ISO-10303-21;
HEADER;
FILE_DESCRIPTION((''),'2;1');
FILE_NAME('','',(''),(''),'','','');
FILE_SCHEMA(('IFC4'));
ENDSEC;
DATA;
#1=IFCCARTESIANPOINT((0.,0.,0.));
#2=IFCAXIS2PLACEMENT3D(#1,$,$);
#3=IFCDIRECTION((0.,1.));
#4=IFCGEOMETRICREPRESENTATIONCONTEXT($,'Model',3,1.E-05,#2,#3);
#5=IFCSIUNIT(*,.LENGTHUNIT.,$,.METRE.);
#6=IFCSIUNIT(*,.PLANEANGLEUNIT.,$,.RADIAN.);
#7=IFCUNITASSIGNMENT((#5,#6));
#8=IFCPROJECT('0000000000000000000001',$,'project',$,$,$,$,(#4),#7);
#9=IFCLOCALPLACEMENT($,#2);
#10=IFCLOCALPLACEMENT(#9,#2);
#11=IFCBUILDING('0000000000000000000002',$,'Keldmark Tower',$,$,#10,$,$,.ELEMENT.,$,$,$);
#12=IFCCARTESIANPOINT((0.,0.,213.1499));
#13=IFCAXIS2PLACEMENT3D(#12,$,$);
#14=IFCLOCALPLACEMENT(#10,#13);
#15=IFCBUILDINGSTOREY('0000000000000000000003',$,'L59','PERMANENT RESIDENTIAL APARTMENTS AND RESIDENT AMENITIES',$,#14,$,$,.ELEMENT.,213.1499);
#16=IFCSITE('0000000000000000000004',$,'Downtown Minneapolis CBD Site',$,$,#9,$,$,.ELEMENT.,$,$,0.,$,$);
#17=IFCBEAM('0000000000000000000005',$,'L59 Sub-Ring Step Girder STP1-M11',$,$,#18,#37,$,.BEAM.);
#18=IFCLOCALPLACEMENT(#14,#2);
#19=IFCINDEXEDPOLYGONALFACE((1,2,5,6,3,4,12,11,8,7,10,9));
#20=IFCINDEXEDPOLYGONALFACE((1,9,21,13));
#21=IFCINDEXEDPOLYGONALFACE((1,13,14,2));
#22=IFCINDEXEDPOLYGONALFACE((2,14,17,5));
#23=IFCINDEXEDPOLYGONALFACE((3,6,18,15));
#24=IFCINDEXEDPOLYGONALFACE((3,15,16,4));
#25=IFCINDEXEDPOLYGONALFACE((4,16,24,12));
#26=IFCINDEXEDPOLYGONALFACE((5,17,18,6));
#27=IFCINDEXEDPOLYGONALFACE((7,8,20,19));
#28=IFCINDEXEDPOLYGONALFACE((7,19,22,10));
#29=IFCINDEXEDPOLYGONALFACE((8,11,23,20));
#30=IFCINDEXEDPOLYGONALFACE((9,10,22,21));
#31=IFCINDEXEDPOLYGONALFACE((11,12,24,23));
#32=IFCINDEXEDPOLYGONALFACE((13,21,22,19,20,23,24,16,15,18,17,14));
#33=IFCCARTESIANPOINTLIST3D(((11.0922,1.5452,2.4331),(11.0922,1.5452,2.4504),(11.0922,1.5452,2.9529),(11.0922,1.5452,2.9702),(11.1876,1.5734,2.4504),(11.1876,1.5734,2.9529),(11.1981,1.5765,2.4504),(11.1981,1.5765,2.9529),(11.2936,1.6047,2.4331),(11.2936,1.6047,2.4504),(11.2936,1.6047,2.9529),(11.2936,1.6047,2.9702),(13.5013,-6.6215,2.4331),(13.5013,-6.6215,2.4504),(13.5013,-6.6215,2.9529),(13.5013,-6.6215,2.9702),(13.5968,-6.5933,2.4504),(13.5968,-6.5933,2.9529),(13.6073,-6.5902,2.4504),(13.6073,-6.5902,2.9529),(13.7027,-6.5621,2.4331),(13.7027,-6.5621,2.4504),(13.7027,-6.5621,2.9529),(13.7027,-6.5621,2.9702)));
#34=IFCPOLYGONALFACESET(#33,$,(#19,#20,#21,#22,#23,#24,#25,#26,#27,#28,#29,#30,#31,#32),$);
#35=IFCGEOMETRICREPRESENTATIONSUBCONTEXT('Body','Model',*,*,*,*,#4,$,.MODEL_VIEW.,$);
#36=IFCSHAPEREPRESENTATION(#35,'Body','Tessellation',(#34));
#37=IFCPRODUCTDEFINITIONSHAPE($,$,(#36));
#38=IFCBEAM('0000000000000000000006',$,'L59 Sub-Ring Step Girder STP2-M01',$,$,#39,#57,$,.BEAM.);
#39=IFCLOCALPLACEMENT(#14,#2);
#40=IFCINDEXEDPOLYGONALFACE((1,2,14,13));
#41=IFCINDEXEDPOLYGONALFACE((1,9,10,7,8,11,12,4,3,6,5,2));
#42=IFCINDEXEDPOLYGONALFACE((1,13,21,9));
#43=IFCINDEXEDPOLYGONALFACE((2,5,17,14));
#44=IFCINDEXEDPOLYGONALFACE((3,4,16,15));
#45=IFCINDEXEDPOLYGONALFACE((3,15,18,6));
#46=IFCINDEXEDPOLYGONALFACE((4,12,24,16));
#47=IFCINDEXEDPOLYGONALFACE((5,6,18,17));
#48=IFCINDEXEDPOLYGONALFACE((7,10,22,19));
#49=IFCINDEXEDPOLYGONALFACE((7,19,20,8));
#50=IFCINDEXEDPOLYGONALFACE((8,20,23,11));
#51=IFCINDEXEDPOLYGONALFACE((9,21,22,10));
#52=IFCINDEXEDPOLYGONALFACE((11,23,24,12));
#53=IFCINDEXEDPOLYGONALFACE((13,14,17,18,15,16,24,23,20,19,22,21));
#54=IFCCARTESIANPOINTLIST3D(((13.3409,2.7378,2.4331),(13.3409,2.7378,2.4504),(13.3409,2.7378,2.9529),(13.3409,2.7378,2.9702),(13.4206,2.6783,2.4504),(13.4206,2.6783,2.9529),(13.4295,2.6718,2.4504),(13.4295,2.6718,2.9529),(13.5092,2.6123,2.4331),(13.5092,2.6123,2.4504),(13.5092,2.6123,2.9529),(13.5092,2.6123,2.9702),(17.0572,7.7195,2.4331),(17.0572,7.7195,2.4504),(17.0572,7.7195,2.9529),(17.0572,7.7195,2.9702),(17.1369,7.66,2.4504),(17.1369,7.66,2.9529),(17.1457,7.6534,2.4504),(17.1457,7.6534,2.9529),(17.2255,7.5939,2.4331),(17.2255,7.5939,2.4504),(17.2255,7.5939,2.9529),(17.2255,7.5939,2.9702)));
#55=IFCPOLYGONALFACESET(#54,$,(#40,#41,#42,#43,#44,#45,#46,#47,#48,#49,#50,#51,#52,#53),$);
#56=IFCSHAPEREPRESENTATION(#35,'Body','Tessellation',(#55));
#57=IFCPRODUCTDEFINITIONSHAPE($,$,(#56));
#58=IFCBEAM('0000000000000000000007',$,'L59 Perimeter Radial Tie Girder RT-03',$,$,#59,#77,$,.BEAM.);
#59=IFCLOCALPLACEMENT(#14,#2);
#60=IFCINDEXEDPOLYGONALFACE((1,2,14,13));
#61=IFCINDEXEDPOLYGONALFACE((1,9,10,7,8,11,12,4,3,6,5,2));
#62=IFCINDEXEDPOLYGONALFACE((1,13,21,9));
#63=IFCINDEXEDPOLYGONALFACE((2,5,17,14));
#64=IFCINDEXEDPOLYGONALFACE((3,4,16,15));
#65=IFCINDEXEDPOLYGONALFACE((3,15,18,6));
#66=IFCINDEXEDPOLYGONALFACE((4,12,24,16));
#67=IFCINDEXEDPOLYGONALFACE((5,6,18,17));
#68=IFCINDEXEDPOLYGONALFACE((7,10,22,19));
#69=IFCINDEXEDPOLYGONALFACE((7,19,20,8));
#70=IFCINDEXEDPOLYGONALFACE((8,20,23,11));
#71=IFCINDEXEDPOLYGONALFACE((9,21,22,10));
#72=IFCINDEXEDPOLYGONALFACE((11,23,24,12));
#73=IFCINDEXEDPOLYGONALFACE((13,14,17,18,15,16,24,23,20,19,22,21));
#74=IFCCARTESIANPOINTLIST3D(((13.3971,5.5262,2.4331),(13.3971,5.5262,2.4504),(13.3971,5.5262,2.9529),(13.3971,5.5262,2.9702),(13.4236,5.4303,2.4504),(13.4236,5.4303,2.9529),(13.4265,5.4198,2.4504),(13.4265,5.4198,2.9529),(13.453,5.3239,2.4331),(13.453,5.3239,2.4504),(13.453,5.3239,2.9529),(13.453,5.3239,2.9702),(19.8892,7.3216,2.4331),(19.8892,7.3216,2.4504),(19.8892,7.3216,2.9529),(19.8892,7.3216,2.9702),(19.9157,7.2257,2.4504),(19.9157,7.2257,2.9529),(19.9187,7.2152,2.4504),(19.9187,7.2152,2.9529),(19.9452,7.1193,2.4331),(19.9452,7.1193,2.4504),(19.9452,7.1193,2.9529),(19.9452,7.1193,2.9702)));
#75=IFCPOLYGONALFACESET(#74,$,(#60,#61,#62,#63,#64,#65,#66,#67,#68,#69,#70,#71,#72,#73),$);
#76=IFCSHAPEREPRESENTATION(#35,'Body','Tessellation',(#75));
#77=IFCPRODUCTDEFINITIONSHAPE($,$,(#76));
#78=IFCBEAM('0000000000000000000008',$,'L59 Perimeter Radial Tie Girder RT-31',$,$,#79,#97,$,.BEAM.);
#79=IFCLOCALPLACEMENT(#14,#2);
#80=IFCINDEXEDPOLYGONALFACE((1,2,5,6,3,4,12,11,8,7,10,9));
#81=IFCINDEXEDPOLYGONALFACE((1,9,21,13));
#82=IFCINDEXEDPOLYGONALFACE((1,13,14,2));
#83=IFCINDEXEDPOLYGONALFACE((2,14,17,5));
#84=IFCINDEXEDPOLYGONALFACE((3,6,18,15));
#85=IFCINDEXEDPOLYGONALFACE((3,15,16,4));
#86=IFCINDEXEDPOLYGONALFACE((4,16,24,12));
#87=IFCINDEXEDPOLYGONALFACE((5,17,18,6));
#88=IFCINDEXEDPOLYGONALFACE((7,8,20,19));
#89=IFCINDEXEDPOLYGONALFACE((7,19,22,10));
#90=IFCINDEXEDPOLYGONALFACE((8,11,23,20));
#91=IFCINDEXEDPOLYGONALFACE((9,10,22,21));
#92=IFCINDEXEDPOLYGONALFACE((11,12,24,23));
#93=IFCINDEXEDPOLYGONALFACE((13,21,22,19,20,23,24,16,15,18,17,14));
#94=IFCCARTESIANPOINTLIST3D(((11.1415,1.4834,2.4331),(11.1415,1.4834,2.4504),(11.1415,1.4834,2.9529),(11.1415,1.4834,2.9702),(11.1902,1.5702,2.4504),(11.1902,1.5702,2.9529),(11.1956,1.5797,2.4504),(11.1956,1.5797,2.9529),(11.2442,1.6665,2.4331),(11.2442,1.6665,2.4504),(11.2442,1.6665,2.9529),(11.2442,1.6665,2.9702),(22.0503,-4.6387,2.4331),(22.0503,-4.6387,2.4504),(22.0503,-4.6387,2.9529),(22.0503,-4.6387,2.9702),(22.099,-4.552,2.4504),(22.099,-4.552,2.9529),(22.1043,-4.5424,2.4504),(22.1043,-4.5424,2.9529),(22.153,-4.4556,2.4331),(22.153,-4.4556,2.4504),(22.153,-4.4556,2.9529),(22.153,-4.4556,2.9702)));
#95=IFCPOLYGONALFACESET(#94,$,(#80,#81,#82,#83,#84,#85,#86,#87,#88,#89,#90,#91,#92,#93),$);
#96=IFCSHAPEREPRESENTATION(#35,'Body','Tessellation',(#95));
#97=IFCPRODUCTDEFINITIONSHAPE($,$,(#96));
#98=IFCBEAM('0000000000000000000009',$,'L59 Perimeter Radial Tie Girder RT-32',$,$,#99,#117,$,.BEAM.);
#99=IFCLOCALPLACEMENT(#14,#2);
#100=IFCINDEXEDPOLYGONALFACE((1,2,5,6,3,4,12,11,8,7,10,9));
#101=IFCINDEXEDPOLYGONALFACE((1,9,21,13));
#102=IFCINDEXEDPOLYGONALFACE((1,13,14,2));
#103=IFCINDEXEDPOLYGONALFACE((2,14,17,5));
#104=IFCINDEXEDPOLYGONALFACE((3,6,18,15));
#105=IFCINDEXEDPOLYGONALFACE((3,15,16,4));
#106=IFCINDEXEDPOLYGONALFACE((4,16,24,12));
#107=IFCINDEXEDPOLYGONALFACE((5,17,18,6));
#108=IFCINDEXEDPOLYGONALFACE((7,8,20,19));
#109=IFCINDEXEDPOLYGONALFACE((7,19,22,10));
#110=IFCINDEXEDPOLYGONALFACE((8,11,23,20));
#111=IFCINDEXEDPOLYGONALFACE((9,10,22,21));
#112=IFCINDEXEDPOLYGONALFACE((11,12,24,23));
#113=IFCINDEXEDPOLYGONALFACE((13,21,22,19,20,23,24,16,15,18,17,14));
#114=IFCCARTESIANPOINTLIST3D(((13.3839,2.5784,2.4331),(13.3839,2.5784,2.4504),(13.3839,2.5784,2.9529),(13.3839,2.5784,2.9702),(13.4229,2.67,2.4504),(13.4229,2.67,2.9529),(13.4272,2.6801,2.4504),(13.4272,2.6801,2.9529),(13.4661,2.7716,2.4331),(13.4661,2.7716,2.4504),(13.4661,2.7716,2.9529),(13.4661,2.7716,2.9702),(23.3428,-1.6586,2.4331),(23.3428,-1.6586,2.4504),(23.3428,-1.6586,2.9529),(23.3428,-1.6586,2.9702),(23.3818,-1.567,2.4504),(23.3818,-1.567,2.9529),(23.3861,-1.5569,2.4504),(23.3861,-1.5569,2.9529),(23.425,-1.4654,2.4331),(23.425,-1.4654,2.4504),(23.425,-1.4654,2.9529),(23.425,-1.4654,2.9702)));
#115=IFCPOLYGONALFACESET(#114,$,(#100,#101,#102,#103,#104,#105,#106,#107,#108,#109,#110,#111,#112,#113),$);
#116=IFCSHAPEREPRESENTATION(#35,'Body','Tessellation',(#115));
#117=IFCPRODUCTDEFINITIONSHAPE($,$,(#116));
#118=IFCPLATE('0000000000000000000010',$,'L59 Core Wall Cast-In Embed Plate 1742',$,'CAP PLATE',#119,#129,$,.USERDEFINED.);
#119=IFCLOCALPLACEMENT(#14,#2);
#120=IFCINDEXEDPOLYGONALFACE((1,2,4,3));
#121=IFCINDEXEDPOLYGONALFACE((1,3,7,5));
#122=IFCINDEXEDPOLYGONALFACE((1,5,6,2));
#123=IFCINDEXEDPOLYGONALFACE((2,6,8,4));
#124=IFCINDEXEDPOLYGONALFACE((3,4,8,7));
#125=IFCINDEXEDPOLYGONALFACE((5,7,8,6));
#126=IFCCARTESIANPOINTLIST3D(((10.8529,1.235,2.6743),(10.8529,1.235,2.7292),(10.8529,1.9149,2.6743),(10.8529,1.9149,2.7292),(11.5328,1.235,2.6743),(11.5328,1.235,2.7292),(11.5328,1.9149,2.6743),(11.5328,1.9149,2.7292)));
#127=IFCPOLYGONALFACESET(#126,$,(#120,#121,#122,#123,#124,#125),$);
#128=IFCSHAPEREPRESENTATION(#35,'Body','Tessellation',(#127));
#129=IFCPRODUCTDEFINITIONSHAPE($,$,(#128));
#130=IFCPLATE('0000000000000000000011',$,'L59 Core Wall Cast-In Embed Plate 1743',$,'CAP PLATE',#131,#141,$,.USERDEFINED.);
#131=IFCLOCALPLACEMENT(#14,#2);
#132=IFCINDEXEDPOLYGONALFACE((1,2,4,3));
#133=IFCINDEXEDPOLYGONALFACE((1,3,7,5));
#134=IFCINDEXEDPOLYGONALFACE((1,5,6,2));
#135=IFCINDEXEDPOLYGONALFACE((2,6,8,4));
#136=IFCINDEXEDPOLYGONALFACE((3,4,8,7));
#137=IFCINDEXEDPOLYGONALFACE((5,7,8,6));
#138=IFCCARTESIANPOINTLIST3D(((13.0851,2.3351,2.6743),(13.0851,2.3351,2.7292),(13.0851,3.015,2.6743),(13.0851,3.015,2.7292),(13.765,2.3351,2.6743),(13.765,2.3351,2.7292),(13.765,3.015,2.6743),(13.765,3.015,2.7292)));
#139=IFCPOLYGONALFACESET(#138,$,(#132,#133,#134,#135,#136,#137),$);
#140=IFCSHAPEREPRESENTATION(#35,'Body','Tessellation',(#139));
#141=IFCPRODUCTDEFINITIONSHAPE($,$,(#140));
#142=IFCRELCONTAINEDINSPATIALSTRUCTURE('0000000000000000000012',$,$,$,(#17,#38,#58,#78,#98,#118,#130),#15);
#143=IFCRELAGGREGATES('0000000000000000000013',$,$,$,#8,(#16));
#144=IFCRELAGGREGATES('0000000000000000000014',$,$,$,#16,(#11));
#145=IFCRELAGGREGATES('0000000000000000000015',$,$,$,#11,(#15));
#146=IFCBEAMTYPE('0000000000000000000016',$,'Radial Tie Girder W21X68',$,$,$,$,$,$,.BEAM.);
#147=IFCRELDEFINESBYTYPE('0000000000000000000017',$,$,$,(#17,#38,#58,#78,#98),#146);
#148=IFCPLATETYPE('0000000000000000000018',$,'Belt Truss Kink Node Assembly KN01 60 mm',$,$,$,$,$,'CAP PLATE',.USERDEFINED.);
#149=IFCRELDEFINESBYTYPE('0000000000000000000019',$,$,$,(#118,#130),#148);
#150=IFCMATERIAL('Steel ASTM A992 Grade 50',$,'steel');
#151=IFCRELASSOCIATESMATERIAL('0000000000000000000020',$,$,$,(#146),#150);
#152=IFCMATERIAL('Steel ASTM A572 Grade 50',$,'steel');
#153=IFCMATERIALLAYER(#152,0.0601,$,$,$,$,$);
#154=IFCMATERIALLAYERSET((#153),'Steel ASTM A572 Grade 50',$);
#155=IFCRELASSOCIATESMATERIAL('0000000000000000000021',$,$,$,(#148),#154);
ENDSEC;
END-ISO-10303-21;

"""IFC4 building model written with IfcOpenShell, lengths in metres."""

from ifc_helpers import new_model, si_unit, direction, frame, origin, origin_2d, place, context, subcontext, project, spatial, rectangle, i_section, extrude, material, layer, layer_set, material_profile, profile_set, type_object, element, save


model = new_model("IFC4")

# Units and contexts
model_context = context("Model", 3, precision=1e-05, world=origin(), true_north=direction((0.0, 1.0)))
body_context = subcontext(model_context, "Body", "Model", "MODEL_VIEW")
ifc_project = project(units=[si_unit("LENGTHUNIT", "METRE"), si_unit("PLANEANGLEUNIT", "RADIAN")], contexts=[model_context])

# Site, building, storey
site_placement = place(None, origin())
site = spatial("IfcSite", under=ifc_project, at=site_placement, Name="Downtown Minneapolis CBD Site", CompositionType="ELEMENT", RefElevation=0.0)
building_placement = place(site_placement, origin())
building = spatial("IfcBuilding", under=site, at=building_placement, Name="Keldmark Tower", CompositionType="ELEMENT")
storey_placement = place(building_placement, frame((0.0, 0.0, 213.1499)))
storey = spatial("IfcBuildingStorey", under=building, at=storey_placement, Name="L59", Description="PERMANENT RESIDENTIAL APARTMENTS AND RESIDENT AMENITIES", CompositionType="ELEMENT", Elevation=213.1499)

# Beams
ifc_material_1 = material(Name="Steel ASTM A992 Grade 50", Category="steel")
ifc_material_profile = material_profile(ifc_material_1, i_section(OverallWidth=0.21, OverallDepth=0.5371, WebThickness=0.011, FlangeThickness=0.0173, at=origin_2d()), Name="W21X68")
ifc_profile_set = profile_set([ifc_material_profile], Name="Steel ASTM A992 Grade 50")
beam_type = type_object("IfcBeamType", Name="Radial Tie Girder W21X68", PredefinedType="BEAM", material=ifc_profile_set)
beam_1_placement = place(storey_placement, frame((11.1929, 1.575, 2.7017), z_axis=(0.282944, -0.959136, 0.0), x_axis=(0.959136, 0.282944, 0.0)))
element("IfcBeam", 1, at=beam_1_placement, inside=storey, type_object=beam_type, Name="L59 Sub-Ring Step Girder STP1-M11", PredefinedType="BEAM", context=body_context, shape_type="SweptSolid", body=[
    extrude(i_section(OverallWidth=0.21, OverallDepth=0.5371, WebThickness=0.011, FlangeThickness=0.0173, at=origin_2d()), origin(), (0.0, 0.0, 1.0), 8.5146),
])
beam_2_placement = place(storey_placement, frame((13.425, 2.675, 2.7017), z_axis=(0.597943, 0.801539, 0.0), x_axis=(-0.801539, 0.597943, 0.0)))
element("IfcBeam", 2, at=beam_2_placement, inside=storey, type_object=beam_type, Name="L59 Sub-Ring Step Girder STP2-M01", PredefinedType="BEAM", context=body_context, shape_type="SweptSolid", body=[
    extrude(i_section(OverallWidth=0.21, OverallDepth=0.5371, WebThickness=0.011, FlangeThickness=0.0173, at=origin_2d()), origin(), (0.0, 0.0, 1.0), 6.2151),
])
beam_3_placement = place(storey_placement, frame((13.425, 5.425, 2.7017), z_axis=(0.963823, 0.266545, 0.0), x_axis=(-0.266545, 0.963823, 0.0)))
element("IfcBeam", 3, at=beam_3_placement, inside=storey, type_object=beam_type, Name="L59 Perimeter Radial Tie Girder RT-03", PredefinedType="BEAM", context=body_context, shape_type="SweptSolid", body=[
    extrude(i_section(OverallWidth=0.21, OverallDepth=0.5371, WebThickness=0.011, FlangeThickness=0.0173, at=origin_2d()), origin(), (0.0, 0.0, 1.0), 6.7358),
])
beam_4_placement = place(storey_placement, frame((11.1929, 1.575, 2.7017), z_axis=(0.872056, -0.489407, 0.0), x_axis=(0.489407, 0.872056, 0.0)))
element("IfcBeam", 4, at=beam_4_placement, inside=storey, type_object=beam_type, Name="L59 Perimeter Radial Tie Girder RT-31", PredefinedType="BEAM", context=body_context, shape_type="SweptSolid", body=[
    extrude(i_section(OverallWidth=0.21, OverallDepth=0.5371, WebThickness=0.011, FlangeThickness=0.0173, at=origin_2d()), origin(), (0.0, 0.0, 1.0), 12.5093),
])
beam_5_placement = place(storey_placement, frame((13.425, 2.675, 2.7017), z_axis=(0.920181, -0.391492, 0.0), x_axis=(0.391492, 0.920181, 0.0)))
element("IfcBeam", 5, at=beam_5_placement, inside=storey, type_object=beam_type, Name="L59 Perimeter Radial Tie Girder RT-32", PredefinedType="BEAM", context=body_context, shape_type="SweptSolid", body=[
    extrude(i_section(OverallWidth=0.21, OverallDepth=0.5371, WebThickness=0.011, FlangeThickness=0.0173, at=origin_2d()), origin(), (0.0, 0.0, 1.0), 10.8228),
])

# Plates
ifc_material_2 = material(Name="Steel ASTM A572 Grade 50", Category="steel")
ifc_layer_1 = layer(ifc_material_2, 0.0601)
ifc_layer_set_1 = layer_set([ifc_layer_1], Name="Steel ASTM A572 Grade 50")
plate_type = type_object("IfcPlateType", Name="Belt Truss Kink Node Assembly KN01 60 mm", ElementType="CAP PLATE", PredefinedType="USERDEFINED", material=ifc_layer_set_1)
for number, where, z_axis, x_axis, name in (
    (6, (11.1929, 1.575, 2.6743), (0.0, 0.0, 1.0), (1.0, 0.0, 0.0), "L59 Core Wall Cast-In Embed Plate 1742"),
    (7, (13.425, 2.675, 2.6743), (0.0, 0.0, 1.0), (1.0, 0.0, 0.0), "L59 Core Wall Cast-In Embed Plate 1743"),
):
    element("IfcPlate", number, at=place(storey_placement, frame(where, z_axis=z_axis, x_axis=x_axis)), inside=storey, type_object=plate_type, Name=name, ObjectType="CAP PLATE", PredefinedType="USERDEFINED", context=body_context, shape_type="SweptSolid", body=[
        extrude(rectangle(XDim=0.6799, YDim=0.6799, at=origin_2d()), origin(), (0.0, 0.0, 1.0), 0.0549),
    ])

save(model, "model.ifc")
